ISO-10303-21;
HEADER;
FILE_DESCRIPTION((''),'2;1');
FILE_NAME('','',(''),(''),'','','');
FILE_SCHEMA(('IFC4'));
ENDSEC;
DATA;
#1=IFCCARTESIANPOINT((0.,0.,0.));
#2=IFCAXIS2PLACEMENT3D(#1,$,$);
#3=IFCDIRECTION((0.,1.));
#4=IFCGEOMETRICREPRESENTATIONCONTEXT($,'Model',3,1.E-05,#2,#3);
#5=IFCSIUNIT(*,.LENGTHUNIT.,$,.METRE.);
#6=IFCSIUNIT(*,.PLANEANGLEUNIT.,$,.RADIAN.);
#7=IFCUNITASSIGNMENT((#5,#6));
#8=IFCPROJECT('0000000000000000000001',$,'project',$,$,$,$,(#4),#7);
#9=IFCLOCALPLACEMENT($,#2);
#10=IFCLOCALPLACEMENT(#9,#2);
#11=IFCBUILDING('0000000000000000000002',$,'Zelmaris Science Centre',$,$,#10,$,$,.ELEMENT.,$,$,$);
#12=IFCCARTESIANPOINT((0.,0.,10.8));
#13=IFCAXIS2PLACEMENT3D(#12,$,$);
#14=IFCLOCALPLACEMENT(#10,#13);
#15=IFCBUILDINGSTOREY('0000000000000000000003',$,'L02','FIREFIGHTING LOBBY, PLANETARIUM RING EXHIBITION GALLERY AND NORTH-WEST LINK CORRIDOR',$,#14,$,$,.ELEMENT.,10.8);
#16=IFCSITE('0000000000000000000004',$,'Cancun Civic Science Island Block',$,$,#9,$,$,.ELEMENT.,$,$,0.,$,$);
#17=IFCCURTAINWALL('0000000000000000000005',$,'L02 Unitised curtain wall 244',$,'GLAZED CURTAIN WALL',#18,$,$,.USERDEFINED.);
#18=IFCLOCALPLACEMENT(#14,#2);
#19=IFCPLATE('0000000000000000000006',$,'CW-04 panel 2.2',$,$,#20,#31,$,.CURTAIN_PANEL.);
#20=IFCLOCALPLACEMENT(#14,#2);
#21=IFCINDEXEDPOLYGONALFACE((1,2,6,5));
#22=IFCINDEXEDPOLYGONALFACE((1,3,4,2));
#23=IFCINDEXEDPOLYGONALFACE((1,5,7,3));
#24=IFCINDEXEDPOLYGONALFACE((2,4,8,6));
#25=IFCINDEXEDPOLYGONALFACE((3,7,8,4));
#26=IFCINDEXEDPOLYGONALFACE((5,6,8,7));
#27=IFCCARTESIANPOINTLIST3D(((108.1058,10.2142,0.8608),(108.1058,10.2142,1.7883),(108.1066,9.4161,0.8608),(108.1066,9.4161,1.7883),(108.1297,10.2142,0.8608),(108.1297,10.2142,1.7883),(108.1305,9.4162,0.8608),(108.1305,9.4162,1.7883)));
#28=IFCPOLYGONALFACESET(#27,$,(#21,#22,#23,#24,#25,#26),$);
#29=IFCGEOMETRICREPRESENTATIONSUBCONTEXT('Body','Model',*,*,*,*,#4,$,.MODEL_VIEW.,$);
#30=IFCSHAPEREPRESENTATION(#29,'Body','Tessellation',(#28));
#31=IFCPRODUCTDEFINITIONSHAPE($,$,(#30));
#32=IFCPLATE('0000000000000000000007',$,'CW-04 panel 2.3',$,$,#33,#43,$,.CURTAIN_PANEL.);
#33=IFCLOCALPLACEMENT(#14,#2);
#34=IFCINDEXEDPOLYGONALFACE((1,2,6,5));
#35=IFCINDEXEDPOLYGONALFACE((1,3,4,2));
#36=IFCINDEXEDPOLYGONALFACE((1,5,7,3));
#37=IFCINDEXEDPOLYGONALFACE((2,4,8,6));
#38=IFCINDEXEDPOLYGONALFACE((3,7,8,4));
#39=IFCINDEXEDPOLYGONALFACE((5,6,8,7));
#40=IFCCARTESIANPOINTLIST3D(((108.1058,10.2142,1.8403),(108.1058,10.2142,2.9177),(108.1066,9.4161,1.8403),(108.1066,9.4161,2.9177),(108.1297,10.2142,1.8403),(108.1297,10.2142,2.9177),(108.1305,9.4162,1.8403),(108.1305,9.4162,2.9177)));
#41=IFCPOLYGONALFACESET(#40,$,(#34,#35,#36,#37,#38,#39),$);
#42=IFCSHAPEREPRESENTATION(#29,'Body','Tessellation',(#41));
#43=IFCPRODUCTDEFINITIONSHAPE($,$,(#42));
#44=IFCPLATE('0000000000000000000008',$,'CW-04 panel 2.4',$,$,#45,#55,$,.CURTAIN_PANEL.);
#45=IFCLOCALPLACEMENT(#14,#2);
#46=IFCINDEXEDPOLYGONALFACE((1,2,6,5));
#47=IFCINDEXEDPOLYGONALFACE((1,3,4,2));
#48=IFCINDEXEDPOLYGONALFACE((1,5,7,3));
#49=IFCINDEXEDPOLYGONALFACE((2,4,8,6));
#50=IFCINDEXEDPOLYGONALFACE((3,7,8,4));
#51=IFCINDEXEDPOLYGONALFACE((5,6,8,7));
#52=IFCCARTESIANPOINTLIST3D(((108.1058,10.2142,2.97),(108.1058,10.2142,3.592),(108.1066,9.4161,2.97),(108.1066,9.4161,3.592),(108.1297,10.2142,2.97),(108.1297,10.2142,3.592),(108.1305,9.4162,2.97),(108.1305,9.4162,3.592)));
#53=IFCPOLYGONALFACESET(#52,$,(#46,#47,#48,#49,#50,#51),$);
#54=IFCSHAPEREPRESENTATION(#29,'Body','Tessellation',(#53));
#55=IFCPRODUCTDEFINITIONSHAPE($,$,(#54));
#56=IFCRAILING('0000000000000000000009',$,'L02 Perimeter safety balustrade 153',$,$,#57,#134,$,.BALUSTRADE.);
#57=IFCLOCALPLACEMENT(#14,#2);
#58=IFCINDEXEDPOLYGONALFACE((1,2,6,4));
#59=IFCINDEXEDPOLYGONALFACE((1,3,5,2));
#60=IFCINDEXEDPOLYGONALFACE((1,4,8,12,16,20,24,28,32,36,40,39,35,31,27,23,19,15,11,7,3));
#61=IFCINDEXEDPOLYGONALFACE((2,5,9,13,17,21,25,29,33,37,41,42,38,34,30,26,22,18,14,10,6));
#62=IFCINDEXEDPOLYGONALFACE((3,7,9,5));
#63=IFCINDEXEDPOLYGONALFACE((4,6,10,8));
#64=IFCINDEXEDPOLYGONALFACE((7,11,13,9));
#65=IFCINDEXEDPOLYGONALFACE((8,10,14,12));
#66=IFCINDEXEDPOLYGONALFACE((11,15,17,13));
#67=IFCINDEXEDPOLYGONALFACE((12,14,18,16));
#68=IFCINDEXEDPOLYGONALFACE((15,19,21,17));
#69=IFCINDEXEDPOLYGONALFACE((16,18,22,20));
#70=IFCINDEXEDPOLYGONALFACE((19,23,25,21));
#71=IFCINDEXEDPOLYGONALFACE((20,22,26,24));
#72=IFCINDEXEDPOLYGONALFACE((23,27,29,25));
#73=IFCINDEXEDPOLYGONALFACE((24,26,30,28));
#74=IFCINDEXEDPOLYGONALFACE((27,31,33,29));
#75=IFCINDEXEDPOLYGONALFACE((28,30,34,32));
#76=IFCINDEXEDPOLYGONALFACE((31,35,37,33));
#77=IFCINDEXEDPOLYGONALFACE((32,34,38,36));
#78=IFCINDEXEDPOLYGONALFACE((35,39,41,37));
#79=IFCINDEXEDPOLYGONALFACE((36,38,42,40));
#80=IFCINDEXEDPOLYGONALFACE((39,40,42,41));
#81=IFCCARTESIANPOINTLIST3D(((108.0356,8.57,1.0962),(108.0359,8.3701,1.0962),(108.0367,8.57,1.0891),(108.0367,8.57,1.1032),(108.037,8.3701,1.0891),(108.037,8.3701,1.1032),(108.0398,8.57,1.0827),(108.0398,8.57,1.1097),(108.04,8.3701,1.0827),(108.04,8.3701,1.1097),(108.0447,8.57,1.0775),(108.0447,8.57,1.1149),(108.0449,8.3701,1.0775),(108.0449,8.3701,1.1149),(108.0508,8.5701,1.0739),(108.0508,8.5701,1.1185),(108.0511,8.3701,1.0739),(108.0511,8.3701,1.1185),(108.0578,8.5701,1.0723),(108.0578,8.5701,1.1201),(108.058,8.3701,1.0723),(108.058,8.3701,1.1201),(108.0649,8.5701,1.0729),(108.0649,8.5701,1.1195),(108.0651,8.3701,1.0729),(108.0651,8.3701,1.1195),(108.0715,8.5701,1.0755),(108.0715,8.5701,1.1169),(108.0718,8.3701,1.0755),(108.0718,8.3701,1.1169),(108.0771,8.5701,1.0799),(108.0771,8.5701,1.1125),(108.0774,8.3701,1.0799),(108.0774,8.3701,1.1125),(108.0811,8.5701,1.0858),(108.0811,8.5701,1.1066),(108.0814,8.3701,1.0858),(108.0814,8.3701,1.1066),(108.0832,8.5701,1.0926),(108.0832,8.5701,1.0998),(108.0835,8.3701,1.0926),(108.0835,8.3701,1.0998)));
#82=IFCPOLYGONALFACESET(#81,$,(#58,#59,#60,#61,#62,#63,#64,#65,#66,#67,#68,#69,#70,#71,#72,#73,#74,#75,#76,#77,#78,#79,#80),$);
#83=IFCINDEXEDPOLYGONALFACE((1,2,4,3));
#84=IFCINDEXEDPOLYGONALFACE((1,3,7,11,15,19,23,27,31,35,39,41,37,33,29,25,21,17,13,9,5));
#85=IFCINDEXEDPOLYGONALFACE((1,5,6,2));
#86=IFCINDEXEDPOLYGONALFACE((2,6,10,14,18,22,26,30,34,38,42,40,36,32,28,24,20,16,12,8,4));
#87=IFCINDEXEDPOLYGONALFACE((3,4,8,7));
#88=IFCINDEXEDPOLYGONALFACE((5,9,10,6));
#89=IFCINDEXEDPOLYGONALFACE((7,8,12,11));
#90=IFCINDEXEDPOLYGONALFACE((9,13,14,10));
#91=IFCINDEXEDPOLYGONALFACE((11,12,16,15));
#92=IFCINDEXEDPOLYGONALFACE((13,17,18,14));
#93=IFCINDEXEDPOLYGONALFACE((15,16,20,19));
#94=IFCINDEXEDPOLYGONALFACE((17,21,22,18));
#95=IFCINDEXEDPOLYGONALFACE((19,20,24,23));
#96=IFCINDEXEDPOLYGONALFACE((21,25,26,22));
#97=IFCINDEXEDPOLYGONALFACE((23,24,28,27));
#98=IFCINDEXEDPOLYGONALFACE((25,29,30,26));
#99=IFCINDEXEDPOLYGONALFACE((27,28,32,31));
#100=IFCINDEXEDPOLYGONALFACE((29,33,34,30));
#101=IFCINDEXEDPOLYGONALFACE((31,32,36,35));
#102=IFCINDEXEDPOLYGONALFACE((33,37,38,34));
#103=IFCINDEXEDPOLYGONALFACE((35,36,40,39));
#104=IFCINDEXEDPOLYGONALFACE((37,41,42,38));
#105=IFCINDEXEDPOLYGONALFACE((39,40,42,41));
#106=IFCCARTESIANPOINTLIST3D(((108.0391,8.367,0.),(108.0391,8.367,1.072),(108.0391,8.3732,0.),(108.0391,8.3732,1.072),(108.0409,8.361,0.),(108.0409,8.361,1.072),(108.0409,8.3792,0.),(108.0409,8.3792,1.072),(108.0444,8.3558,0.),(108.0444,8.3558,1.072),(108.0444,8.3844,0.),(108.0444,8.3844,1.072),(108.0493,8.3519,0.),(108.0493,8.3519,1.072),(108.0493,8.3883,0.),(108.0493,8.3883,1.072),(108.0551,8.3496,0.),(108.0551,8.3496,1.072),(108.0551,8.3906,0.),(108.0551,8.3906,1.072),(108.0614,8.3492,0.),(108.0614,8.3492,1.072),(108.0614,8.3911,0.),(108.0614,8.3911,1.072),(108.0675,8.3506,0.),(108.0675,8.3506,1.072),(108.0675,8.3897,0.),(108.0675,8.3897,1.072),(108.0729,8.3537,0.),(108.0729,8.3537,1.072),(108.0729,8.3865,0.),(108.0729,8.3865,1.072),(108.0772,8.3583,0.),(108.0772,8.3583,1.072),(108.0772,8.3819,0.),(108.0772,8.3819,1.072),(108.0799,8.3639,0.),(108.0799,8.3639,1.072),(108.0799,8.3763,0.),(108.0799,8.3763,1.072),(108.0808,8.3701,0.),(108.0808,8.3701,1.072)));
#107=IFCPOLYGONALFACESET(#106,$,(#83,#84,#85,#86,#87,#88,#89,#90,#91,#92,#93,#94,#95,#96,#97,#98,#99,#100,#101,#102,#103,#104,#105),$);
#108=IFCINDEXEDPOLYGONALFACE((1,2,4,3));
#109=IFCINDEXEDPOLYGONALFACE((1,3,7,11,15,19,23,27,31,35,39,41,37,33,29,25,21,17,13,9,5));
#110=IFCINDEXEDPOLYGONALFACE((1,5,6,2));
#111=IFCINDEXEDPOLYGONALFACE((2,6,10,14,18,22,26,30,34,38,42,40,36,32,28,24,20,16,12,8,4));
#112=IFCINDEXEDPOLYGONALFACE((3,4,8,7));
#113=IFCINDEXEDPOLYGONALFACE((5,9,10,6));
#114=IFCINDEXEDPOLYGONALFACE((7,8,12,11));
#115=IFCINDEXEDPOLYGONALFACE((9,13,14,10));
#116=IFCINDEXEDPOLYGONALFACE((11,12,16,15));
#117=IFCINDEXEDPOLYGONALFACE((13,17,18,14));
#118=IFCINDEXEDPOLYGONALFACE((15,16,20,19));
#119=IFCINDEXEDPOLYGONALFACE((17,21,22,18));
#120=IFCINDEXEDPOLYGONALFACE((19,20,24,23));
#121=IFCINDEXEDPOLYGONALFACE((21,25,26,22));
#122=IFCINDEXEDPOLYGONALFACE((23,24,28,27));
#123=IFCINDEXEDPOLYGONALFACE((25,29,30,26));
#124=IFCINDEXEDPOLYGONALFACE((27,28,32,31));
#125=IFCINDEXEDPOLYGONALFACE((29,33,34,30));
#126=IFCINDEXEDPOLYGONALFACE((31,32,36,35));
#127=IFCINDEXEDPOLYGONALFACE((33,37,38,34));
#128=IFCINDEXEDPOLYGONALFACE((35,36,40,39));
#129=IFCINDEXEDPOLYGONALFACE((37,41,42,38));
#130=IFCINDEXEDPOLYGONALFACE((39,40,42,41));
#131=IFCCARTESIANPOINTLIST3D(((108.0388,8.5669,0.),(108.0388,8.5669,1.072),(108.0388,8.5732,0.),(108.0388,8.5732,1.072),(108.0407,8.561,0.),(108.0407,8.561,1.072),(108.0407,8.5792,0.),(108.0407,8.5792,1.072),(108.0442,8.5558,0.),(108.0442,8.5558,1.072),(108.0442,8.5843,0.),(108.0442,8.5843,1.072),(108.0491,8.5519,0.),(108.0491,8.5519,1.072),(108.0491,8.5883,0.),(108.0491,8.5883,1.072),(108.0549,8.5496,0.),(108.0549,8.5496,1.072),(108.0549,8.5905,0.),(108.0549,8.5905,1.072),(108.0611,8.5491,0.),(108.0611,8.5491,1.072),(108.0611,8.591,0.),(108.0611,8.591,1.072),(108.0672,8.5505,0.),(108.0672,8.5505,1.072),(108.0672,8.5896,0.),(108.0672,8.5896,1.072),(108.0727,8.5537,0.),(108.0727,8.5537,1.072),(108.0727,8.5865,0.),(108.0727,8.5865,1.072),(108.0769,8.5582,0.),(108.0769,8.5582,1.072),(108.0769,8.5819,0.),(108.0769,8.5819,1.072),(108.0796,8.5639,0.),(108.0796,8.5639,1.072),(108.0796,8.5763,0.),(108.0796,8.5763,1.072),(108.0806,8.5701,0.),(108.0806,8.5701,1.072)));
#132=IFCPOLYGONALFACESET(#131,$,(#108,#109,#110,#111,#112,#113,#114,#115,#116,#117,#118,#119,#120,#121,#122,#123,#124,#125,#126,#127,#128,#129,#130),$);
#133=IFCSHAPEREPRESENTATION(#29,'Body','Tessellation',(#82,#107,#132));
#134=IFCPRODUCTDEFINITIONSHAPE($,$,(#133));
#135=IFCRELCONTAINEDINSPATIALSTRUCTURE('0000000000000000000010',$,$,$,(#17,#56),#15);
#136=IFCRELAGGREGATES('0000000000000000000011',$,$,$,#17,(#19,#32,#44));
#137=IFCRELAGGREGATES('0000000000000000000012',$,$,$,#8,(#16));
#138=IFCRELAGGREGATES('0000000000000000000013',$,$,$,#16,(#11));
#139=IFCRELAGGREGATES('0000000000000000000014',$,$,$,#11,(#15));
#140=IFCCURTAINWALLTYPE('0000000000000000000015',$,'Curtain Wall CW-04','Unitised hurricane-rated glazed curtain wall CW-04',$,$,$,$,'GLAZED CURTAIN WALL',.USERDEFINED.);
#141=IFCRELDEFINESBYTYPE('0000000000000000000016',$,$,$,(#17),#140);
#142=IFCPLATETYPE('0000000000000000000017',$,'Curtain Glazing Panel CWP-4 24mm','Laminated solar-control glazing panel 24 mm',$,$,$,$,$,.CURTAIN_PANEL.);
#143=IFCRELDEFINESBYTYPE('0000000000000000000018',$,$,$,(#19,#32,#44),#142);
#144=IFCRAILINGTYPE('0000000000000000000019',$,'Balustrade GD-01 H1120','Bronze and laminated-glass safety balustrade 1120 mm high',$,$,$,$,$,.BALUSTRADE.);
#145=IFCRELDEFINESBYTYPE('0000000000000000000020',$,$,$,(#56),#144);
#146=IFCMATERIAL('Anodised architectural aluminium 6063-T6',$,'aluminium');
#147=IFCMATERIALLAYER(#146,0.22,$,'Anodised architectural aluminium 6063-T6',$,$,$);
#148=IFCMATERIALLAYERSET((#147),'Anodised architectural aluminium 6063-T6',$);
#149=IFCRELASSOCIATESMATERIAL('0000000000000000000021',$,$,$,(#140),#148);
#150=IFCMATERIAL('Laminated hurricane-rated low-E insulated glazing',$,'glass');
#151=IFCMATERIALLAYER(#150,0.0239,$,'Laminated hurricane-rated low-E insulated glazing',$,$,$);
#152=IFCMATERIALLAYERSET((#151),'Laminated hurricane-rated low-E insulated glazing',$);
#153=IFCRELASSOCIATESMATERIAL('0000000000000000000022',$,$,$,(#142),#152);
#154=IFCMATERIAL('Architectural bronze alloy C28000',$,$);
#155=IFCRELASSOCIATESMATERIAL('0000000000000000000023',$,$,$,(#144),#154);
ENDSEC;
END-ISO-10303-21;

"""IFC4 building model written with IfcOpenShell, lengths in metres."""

from ifc_helpers import new_model, si_unit, direction, frame, origin, origin_2d, place, context, subcontext, project, spatial, rectangle, circle, extrude, material, layer, layer_set, type_object, element, aggregate, save


model = new_model("IFC4")

# Units and contexts
model_context = context("Model", 3, precision=1e-05, world=origin(), true_north=direction((0.0, 1.0)))
body_context = subcontext(model_context, "Body", "Model", "MODEL_VIEW")
ifc_project = project(units=[si_unit("LENGTHUNIT", "METRE"), si_unit("PLANEANGLEUNIT", "RADIAN")], contexts=[model_context])

# Site, building, storey
site_placement = place(None, origin())
site = spatial("IfcSite", under=ifc_project, at=site_placement, Name="Cancun Civic Science Island Block", CompositionType="ELEMENT", RefElevation=0.0)
building_placement = place(site_placement, origin())
building = spatial("IfcBuilding", under=site, at=building_placement, Name="Zelmaris Science Centre", CompositionType="ELEMENT")
storey_placement = place(building_placement, frame((0.0, 0.0, 10.8)))
storey = spatial("IfcBuildingStorey", under=building, at=storey_placement, Name="L02", Description="FIREFIGHTING LOBBY, PLANETARIUM RING EXHIBITION GALLERY AND NORTH-WEST LINK CORRIDOR", CompositionType="ELEMENT", Elevation=10.8)

# Curtain wall
ifc_material_1 = material(Name="Anodised architectural aluminium 6063-T6", Category="aluminium")
ifc_layer_1 = layer(ifc_material_1, 0.22, Name="Anodised architectural aluminium 6063-T6")
ifc_layer_set_1 = layer_set([ifc_layer_1], Name="Anodised architectural aluminium 6063-T6")
curtain_wall_type = type_object("IfcCurtainWallType", Name="Curtain Wall CW-04", Description="Unitised hurricane-rated glazed curtain wall CW-04", ElementType="GLAZED CURTAIN WALL", PredefinedType="USERDEFINED", material=ifc_layer_set_1)
curtain_wall_placement = place(storey_placement, origin())
curtain_wall = element("IfcCurtainWall", 1, at=curtain_wall_placement, inside=storey, type_object=curtain_wall_type, Name="L02 Unitised curtain wall 244", ObjectType="GLAZED CURTAIN WALL", PredefinedType="USERDEFINED")

# Plates
ifc_material_2 = material(Name="Laminated hurricane-rated low-E insulated glazing", Category="glass")
ifc_layer_2 = layer(ifc_material_2, 0.0239, Name="Laminated hurricane-rated low-E insulated glazing")
ifc_layer_set_2 = layer_set([ifc_layer_2], Name="Laminated hurricane-rated low-E insulated glazing")
plate_type = type_object("IfcPlateType", Name="Curtain Glazing Panel CWP-4 24mm", Description="Laminated solar-control glazing panel 24 mm", PredefinedType="CURTAIN_PANEL", material=ifc_layer_set_2)
plate_1_placement = place(storey_placement, frame((108.1182, 9.8152, 0.8608), z_axis=(0.0, 0.0, 1.0), x_axis=(-0.001059, 0.999999, 0.0)))
plate_1 = element("IfcPlate", 2, at=plate_1_placement, type_object=plate_type, Name="CW-04 panel 2.2", PredefinedType="CURTAIN_PANEL", context=body_context, shape_type="SweptSolid", body=[
    extrude(rectangle(XDim=0.7981, YDim=0.0239, at=origin_2d()), origin(), (0.0, 0.0, 1.0), 0.9275),
])
plate_2_placement = place(storey_placement, frame((108.1182, 9.8152, 1.8403), z_axis=(0.0, 0.0, 1.0), x_axis=(-0.001059, 0.999999, 0.0)))
plate_2 = element("IfcPlate", 3, at=plate_2_placement, type_object=plate_type, Name="CW-04 panel 2.3", PredefinedType="CURTAIN_PANEL", context=body_context, shape_type="SweptSolid", body=[
    extrude(rectangle(XDim=0.7981, YDim=0.0239, at=origin_2d()), origin(), (0.0, 0.0, 1.0), 1.0774),
])
plate_3_placement = place(storey_placement, frame((108.1182, 9.8152, 2.97), z_axis=(0.0, 0.0, 1.0), x_axis=(-0.001059, 0.999999, 0.0)))
plate_3 = element("IfcPlate", 4, at=plate_3_placement, type_object=plate_type, Name="CW-04 panel 2.4", PredefinedType="CURTAIN_PANEL", context=body_context, shape_type="SweptSolid", body=[
    extrude(rectangle(XDim=0.7981, YDim=0.0239, at=origin_2d()), origin(), (0.0, 0.0, 1.0), 0.6221),
])
aggregate(curtain_wall, [plate_1, plate_2, plate_3])

# Railing
ifc_material_3 = material(Name="Architectural bronze alloy C28000")
railing_type = type_object("IfcRailingType", Name="Balustrade GD-01 H1120", Description="Bronze and laminated-glass safety balustrade 1120 mm high", PredefinedType="BALUSTRADE", material=ifc_material_3)
railing_placement = place(storey_placement, frame((108.0598, 8.3701, 0.0)))
element("IfcRailing", 5, at=railing_placement, inside=storey, type_object=railing_type, Name="L02 Perimeter safety balustrade 153", PredefinedType="BALUSTRADE", context=body_context, shape_type="SweptSolid", body=[
    extrude(circle(Radius=0.0239, at=origin_2d()), frame((0.0, 0.0, 1.0962), z_axis=(-0.001221, 0.999999, 0.0), x_axis=(-0.999999, -0.001221, 0.0)), (0.0, 0.0, 1.0), 0.2),
    extrude(circle(Radius=0.021, at=origin_2d()), origin(), (0.0, 0.0, 1.0), 1.072),
    extrude(circle(Radius=0.021, at=origin_2d()), frame((-0.0002, 0.2, 0.0)), (0.0, 0.0, 1.0), 1.072),
])

save(model, "model.ifc")
